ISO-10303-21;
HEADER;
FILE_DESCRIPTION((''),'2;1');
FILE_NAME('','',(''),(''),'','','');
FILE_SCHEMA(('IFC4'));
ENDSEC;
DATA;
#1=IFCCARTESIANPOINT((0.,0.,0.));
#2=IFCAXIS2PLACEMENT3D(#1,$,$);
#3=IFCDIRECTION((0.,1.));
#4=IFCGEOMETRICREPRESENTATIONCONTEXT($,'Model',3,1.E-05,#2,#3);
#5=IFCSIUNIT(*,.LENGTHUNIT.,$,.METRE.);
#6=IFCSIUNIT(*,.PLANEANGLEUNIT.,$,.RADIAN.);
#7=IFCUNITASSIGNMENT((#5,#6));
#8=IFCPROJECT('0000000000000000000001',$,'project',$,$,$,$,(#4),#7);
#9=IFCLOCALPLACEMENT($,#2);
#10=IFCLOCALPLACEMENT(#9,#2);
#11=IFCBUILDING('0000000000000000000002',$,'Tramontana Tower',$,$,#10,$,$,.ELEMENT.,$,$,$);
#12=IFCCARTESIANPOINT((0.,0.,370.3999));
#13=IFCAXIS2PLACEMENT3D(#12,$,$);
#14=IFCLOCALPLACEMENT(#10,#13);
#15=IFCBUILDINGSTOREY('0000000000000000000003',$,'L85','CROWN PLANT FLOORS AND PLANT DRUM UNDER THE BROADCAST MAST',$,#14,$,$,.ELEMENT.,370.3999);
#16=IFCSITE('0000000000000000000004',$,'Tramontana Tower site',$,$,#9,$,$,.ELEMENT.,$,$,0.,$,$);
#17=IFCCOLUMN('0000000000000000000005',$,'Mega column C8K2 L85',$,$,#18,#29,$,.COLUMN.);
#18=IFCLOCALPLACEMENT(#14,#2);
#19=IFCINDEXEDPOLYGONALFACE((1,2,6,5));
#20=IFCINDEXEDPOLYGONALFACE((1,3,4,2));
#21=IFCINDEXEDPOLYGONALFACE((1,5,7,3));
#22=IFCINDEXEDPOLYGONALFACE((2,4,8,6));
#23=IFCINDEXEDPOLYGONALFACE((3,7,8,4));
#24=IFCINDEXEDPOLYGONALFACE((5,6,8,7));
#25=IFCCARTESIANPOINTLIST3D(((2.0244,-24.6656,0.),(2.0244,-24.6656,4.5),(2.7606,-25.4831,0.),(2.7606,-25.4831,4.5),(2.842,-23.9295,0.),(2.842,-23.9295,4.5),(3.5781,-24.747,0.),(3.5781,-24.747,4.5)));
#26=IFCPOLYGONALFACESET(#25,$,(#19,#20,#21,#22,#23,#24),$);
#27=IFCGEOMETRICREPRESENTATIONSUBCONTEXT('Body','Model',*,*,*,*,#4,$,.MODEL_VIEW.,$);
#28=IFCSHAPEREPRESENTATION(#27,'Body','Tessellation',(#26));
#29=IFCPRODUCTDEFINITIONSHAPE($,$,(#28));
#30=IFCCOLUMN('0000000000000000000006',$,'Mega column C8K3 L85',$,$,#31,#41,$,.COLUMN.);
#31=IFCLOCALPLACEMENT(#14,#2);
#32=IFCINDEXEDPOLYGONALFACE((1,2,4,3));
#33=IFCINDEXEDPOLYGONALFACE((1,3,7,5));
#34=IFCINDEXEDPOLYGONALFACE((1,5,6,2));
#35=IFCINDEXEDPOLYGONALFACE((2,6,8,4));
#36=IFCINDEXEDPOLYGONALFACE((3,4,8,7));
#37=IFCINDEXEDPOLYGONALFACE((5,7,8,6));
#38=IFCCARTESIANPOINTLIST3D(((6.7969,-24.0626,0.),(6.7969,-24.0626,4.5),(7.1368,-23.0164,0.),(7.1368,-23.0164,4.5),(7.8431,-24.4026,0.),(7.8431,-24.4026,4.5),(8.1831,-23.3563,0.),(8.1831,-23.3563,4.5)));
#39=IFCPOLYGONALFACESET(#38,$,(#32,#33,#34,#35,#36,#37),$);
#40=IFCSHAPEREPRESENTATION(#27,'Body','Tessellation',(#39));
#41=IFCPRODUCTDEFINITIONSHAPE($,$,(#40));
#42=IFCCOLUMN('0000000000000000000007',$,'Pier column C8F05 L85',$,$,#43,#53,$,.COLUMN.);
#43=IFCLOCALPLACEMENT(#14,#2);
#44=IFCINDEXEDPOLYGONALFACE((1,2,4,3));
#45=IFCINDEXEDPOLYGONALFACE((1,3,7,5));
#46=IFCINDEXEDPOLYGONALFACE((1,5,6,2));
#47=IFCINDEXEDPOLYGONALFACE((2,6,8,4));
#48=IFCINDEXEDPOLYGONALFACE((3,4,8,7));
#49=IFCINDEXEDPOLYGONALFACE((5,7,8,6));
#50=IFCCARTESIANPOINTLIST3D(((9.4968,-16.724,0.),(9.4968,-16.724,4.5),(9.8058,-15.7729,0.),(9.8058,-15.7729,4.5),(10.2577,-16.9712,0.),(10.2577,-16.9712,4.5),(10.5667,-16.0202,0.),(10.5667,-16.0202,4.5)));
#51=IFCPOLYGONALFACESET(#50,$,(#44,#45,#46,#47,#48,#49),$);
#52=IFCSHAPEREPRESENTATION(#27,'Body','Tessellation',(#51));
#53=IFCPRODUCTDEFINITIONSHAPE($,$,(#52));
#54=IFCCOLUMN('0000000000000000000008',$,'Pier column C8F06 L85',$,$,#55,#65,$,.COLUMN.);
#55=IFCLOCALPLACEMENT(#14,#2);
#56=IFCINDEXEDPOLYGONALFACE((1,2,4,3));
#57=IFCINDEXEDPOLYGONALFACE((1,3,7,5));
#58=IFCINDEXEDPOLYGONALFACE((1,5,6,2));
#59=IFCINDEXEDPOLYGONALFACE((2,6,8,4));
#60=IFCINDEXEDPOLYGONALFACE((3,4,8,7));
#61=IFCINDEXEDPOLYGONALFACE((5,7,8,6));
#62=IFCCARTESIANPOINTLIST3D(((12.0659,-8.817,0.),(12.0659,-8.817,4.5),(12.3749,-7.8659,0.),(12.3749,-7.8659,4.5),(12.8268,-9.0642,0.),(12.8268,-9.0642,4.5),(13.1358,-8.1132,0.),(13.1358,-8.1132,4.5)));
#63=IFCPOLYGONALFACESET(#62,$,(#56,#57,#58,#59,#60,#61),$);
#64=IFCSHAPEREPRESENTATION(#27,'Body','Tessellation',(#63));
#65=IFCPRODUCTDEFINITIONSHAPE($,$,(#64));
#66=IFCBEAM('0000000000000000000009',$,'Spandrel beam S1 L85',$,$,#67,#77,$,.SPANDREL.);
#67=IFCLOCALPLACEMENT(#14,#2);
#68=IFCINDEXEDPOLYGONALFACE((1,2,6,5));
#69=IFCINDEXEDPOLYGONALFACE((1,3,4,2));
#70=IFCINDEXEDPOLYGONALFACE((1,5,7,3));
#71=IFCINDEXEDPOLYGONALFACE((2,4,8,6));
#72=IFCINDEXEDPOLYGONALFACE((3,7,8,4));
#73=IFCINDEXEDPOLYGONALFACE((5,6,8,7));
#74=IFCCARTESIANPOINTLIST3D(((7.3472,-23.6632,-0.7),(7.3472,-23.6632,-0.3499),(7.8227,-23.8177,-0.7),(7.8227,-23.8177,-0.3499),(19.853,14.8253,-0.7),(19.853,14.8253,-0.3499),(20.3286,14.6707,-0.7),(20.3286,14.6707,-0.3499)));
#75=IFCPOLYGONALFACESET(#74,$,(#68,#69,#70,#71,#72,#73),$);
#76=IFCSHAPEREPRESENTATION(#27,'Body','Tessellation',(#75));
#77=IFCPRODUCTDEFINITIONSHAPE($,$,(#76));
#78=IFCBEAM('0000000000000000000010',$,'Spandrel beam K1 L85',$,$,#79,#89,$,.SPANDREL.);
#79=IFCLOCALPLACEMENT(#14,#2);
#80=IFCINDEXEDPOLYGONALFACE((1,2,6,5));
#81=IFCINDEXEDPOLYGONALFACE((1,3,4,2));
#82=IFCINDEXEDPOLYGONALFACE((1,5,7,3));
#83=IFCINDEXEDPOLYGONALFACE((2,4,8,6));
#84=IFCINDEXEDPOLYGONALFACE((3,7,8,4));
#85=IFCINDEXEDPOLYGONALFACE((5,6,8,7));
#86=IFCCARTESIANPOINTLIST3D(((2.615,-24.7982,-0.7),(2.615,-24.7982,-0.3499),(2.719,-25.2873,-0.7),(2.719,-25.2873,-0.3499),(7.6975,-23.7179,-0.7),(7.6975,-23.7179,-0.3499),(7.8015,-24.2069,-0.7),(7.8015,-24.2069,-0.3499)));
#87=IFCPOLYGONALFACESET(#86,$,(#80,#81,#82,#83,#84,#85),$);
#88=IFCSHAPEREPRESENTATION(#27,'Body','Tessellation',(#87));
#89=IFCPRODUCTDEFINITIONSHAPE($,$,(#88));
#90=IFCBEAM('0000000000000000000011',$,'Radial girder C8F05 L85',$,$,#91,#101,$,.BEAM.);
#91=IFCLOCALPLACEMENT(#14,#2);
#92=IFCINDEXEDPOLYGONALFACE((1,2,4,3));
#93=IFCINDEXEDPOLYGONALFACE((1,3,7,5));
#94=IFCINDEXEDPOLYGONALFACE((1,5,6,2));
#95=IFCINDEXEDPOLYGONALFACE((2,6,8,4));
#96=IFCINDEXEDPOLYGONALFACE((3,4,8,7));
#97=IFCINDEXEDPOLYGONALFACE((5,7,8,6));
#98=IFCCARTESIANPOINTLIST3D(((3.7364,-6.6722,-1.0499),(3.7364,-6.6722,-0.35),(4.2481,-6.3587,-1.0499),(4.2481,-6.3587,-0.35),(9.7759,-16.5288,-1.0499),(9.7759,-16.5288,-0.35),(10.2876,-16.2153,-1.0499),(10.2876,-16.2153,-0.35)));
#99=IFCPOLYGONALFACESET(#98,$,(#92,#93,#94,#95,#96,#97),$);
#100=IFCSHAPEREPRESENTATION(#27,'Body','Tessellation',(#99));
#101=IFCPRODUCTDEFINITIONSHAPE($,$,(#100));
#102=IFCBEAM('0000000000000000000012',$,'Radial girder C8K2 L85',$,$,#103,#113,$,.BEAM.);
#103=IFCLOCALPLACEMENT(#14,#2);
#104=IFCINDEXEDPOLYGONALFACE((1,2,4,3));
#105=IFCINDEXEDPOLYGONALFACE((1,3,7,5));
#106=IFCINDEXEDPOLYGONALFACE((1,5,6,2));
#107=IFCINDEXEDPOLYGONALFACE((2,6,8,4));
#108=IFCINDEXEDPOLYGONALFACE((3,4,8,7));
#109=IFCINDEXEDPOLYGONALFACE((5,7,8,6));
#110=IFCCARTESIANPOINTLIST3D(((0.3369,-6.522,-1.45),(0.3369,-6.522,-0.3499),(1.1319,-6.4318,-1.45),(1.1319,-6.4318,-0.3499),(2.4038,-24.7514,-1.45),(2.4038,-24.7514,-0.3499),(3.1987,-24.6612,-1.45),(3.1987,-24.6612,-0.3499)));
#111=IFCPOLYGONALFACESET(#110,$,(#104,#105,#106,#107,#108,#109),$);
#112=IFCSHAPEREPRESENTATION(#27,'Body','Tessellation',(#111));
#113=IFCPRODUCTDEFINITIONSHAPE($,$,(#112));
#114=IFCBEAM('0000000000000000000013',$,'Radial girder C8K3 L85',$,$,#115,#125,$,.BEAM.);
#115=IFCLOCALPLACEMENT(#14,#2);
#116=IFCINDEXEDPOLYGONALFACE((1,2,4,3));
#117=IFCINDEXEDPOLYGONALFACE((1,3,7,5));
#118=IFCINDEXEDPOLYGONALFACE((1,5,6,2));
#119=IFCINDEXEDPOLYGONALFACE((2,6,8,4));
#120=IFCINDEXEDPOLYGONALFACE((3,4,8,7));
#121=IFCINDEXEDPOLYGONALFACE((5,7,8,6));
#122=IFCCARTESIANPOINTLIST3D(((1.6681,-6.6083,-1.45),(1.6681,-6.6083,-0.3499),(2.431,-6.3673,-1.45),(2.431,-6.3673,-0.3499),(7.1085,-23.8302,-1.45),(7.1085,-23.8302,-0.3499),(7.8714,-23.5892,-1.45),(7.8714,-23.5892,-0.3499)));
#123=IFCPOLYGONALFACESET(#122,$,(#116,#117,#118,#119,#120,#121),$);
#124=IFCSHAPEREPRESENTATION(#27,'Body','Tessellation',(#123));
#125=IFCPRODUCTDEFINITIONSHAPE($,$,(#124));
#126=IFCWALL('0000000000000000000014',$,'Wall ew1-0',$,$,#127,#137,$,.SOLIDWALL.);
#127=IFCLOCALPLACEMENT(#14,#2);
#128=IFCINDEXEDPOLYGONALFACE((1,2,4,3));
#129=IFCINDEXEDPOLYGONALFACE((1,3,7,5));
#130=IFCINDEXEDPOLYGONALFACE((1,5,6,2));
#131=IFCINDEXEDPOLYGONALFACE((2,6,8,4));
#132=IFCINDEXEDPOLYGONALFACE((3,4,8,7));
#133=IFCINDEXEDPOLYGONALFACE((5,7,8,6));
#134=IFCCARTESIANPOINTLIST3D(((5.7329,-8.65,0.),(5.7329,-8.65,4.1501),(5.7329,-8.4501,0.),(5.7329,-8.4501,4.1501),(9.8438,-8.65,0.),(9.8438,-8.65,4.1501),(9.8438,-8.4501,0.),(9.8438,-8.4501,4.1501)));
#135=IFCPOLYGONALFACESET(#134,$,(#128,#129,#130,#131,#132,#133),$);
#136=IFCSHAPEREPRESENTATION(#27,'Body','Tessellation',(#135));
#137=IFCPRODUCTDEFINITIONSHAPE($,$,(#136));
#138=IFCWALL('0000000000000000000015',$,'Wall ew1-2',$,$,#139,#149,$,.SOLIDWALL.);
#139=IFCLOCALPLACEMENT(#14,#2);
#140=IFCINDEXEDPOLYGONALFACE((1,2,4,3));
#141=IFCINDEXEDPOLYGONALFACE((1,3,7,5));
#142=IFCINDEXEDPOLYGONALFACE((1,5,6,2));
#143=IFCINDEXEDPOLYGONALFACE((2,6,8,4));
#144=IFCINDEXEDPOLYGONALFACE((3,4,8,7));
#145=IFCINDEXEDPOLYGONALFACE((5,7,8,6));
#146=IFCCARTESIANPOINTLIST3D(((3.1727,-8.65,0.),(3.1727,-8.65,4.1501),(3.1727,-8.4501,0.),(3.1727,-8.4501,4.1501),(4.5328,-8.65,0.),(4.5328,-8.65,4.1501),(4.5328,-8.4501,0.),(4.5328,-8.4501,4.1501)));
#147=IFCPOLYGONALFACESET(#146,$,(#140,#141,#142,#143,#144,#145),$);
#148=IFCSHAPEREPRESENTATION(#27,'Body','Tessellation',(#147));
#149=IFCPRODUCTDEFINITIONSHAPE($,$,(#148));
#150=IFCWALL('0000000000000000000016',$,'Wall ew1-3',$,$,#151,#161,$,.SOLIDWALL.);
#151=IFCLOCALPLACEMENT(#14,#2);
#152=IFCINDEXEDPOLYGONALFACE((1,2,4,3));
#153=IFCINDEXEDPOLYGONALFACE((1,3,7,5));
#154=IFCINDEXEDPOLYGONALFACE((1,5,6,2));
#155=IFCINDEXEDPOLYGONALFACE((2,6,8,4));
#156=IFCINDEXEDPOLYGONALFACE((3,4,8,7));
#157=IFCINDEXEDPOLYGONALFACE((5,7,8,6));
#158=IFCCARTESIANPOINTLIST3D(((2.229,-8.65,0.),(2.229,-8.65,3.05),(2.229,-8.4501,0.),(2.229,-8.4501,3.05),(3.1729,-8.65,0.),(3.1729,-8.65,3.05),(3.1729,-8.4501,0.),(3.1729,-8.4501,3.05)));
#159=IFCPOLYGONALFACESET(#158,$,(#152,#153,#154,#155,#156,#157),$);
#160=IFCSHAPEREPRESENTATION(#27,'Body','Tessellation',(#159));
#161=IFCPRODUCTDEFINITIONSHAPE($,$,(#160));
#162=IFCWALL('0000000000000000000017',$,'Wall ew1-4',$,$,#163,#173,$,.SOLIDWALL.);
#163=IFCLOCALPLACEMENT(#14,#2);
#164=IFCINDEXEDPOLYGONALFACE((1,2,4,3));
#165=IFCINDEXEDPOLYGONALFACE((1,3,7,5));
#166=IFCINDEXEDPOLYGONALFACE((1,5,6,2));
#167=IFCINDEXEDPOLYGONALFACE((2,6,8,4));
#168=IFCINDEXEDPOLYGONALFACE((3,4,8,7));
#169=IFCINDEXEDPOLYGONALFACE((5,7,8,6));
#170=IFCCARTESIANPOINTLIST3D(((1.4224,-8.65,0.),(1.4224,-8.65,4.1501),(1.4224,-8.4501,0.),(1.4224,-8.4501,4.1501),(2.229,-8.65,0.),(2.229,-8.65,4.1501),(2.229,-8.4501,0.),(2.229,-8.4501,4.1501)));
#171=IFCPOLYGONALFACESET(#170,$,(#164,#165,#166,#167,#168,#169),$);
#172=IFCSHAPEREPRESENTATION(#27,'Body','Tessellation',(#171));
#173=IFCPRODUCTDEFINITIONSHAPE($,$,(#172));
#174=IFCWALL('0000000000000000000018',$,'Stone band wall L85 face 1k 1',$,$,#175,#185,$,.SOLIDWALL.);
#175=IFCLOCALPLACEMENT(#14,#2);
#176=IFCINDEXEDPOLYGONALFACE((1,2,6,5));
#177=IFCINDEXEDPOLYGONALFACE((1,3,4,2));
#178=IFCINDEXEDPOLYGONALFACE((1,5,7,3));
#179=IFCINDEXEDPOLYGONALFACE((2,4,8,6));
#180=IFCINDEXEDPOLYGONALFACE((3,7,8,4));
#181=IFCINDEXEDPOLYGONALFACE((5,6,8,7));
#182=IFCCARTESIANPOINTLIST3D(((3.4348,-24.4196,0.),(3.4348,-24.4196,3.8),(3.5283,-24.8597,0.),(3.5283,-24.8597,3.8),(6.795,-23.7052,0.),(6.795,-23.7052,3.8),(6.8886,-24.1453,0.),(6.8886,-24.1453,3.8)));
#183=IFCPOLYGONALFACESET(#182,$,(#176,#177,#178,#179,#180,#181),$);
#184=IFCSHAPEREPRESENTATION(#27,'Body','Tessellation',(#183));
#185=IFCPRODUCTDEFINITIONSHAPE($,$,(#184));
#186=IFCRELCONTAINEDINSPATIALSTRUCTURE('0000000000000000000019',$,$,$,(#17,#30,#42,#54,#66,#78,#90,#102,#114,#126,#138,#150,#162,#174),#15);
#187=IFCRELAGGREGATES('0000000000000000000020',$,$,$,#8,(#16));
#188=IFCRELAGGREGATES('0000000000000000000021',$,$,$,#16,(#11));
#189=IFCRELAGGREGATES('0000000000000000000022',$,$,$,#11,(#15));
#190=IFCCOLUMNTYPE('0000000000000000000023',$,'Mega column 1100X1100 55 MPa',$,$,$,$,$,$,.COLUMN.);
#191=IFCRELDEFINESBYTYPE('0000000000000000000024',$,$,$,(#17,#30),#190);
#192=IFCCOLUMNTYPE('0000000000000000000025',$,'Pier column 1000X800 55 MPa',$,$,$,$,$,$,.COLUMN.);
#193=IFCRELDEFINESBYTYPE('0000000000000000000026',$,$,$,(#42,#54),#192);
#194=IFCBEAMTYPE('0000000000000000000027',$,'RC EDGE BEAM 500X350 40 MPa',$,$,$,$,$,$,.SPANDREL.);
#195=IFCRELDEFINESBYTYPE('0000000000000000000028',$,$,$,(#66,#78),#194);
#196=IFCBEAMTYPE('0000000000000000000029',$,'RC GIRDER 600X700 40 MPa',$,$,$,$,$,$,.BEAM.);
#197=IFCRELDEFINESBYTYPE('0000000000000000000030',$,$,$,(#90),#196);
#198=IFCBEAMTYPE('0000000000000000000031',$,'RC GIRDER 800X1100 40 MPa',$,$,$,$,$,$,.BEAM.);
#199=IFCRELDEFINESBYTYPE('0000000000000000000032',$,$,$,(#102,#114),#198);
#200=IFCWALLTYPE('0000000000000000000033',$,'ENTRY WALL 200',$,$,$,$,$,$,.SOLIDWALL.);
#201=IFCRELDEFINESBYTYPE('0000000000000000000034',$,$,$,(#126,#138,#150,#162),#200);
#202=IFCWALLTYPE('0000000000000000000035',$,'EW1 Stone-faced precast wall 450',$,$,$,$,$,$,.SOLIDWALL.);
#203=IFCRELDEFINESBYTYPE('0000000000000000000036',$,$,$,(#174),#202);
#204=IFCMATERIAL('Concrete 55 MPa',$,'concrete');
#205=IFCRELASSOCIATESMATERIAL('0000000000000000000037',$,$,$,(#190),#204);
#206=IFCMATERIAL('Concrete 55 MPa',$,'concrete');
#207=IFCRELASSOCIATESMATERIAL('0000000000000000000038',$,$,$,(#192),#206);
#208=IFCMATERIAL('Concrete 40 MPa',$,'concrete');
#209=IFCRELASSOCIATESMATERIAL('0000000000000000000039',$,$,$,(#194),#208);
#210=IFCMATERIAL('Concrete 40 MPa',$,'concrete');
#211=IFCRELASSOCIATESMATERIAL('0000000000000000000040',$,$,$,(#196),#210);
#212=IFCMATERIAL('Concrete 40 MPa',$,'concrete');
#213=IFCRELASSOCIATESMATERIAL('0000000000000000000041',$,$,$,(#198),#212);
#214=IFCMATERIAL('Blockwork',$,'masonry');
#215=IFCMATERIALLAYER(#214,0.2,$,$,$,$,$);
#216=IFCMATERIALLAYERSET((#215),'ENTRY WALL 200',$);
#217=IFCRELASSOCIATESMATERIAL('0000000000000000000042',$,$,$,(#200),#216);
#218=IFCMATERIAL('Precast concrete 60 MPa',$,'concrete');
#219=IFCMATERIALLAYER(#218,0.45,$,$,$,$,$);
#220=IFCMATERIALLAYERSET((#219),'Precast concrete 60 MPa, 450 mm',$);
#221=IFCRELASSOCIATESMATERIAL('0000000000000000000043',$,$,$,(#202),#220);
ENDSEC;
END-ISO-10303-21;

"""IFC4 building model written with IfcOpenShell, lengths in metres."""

from ifc_helpers import new_model, si_unit, direction, frame, frame_2d, origin, origin_2d, place, context, subcontext, project, spatial, rectangle, extrude, material, layer, layer_set, material_profile, profile_set, type_object, element, save


model = new_model("IFC4")

# Units and contexts
model_context = context("Model", 3, precision=1e-05, world=origin(), true_north=direction((0.0, 1.0)))
body_context = subcontext(model_context, "Body", "Model", "MODEL_VIEW")
ifc_project = project(units=[si_unit("LENGTHUNIT", "METRE"), si_unit("PLANEANGLEUNIT", "RADIAN")], contexts=[model_context])

# Site, building, storey
site_placement = place(None, origin())
site = spatial("IfcSite", under=ifc_project, at=site_placement, Name="Tramontana Tower site", CompositionType="ELEMENT", RefElevation=0.0)
building_placement = place(site_placement, origin())
building = spatial("IfcBuilding", under=site, at=building_placement, Name="Tramontana Tower", CompositionType="ELEMENT")
storey_placement = place(building_placement, frame((0.0, 0.0, 370.3999)))
storey = spatial("IfcBuildingStorey", under=building, at=storey_placement, Name="L85", Description="CROWN PLANT FLOORS AND PLANT DRUM UNDER THE BROADCAST MAST", CompositionType="ELEMENT", Elevation=370.3999)

# Columns
ifc_material_1 = material(Name="Concrete 55 MPa", Category="concrete")
ifc_material_profile_1 = material_profile(ifc_material_1, rectangle(XDim=1.1001, YDim=1.1001, at=origin_2d()), Name="Mega column 1100X1100 55 MPa")
ifc_profile_set_1 = profile_set([ifc_material_profile_1], Name="Concrete 55 MPa")
column_type_1 = type_object("IfcColumnType", Name="Mega column 1100X1100 55 MPa", PredefinedType="COLUMN", material=ifc_profile_set_1)
for number, where, z_axis, x_axis, name in (
    (1, (2.8013, -24.7063, 0.0), (0.0, 0.0, 1.0), (0.669131, -0.743145, 0.0), "Mega column C8K2 L85"),
    (2, (7.49, -23.7095, 0.0), (0.0, 0.0, 1.0), (0.309017, 0.951057, 0.0), "Mega column C8K3 L85"),
):
    element("IfcColumn", number, at=place(storey_placement, frame(where, z_axis=z_axis, x_axis=x_axis)), inside=storey, type_object=column_type_1, Name=name, PredefinedType="COLUMN", context=body_context, shape_type="SweptSolid", body=[
        extrude(rectangle(XDim=1.1001, YDim=1.1001, at=origin_2d()), origin(), (0.0, 0.0, 1.0), 4.5),
    ])
ifc_material_2 = material(Name="Concrete 55 MPa", Category="concrete")
ifc_material_profile_2 = material_profile(ifc_material_2, rectangle(XDim=1.0, YDim=0.8, at=origin_2d()), Name="Pier column 1000X800 55 MPa")
ifc_profile_set_2 = profile_set([ifc_material_profile_2], Name="Concrete 55 MPa")
column_type_2 = type_object("IfcColumnType", Name="Pier column 1000X800 55 MPa", PredefinedType="COLUMN", material=ifc_profile_set_2)
for number, where, z_axis, x_axis, name in (
    (3, (10.0317, -16.3721, 0.0), (0.0, 0.0, 1.0), (0.309017, 0.951057, 0.0), "Pier column C8F05 L85"),
    (4, (12.6008, -8.4651, 0.0), (0.0, 0.0, 1.0), (0.309017, 0.951057, 0.0), "Pier column C8F06 L85"),
):
    element("IfcColumn", number, at=place(storey_placement, frame(where, z_axis=z_axis, x_axis=x_axis)), inside=storey, type_object=column_type_2, Name=name, PredefinedType="COLUMN", context=body_context, shape_type="SweptSolid", body=[
        extrude(rectangle(XDim=1.0, YDim=0.8, at=origin_2d()), origin(), (0.0, 0.0, 1.0), 4.5),
    ])

# Beams
ifc_material_3 = material(Name="Concrete 40 MPa", Category="concrete")
ifc_material_profile_3 = material_profile(ifc_material_3, rectangle(XDim=0.5, YDim=0.3501, at=origin_2d()), Name="RC EDGE BEAM 500X350 40 MPa")
ifc_profile_set_3 = profile_set([ifc_material_profile_3], Name="Concrete 40 MPa")
beam_type_1 = type_object("IfcBeamType", Name="RC EDGE BEAM 500X350 40 MPa", PredefinedType="SPANDREL", material=ifc_profile_set_3)
beam_1_placement = place(storey_placement, frame((7.585, -23.7405, -0.5249), z_axis=(0.309021, 0.951055, 0.0), x_axis=(-0.951055, 0.309021, 0.0)))
element("IfcBeam", 5, at=beam_1_placement, inside=storey, type_object=beam_type_1, Name="Spandrel beam S1 L85", PredefinedType="SPANDREL", context=body_context, shape_type="SweptSolid", body=[
    extrude(rectangle(XDim=0.5, YDim=0.3501, at=origin_2d()), origin(), (0.0, 0.0, 1.0), 40.4692),
])
beam_2_placement = place(storey_placement, frame((2.667, -25.0427, -0.5249), z_axis=(0.978148, 0.207912, 0.0), x_axis=(-0.207912, 0.978148, 0.0)))
element("IfcBeam", 6, at=beam_2_placement, inside=storey, type_object=beam_type_1, Name="Spandrel beam K1 L85", PredefinedType="SPANDREL", context=body_context, shape_type="SweptSolid", body=[
    extrude(rectangle(XDim=0.5, YDim=0.3501, at=origin_2d()), origin(), (0.0, 0.0, 1.0), 5.196),
])
ifc_material_4 = material(Name="Concrete 40 MPa", Category="concrete")
ifc_material_profile_4 = material_profile(ifc_material_4, rectangle(XDim=0.6001, YDim=0.7, at=origin_2d()), Name="RC GIRDER 600X700 40 MPa")
ifc_profile_set_4 = profile_set([ifc_material_profile_4], Name="Concrete 40 MPa")
beam_type_2 = type_object("IfcBeamType", Name="RC GIRDER 600X700 40 MPa", PredefinedType="BEAM", material=ifc_profile_set_4)
beam_3_placement = place(storey_placement, frame((10.0317, -16.3721, -0.7), z_axis=(-0.522459, 0.852665, 0.0), x_axis=(-0.852665, -0.522459, 0.0)))
element("IfcBeam", 7, at=beam_3_placement, inside=storey, type_object=beam_type_2, Name="Radial girder C8F05 L85", PredefinedType="BEAM", context=body_context, shape_type="SweptSolid", body=[
    extrude(rectangle(XDim=0.6001, YDim=0.7, at=origin_2d()), origin(), (0.0, 0.0, 1.0), 11.5598),
])
ifc_material_5 = material(Name="Concrete 40 MPa", Category="concrete")
ifc_material_profile_5 = material_profile(ifc_material_5, rectangle(XDim=0.8, YDim=1.1001, at=origin_2d()), Name="RC GIRDER 800X1100 40 MPa")
ifc_profile_set_5 = profile_set([ifc_material_profile_5], Name="Concrete 40 MPa")
beam_type_3 = type_object("IfcBeamType", Name="RC GIRDER 800X1100 40 MPa", PredefinedType="BEAM", material=ifc_profile_set_5)
beam_4_placement = place(storey_placement, frame((2.8013, -24.7063, -0.8999), z_axis=(-0.11266, 0.993634, 0.0), x_axis=(-0.993634, -0.11266, 0.0)))
element("IfcBeam", 8, at=beam_4_placement, inside=storey, type_object=beam_type_3, Name="Radial girder C8K2 L85", PredefinedType="BEAM", context=body_context, shape_type="SweptSolid", body=[
    extrude(rectangle(XDim=0.8, YDim=1.1001, at=origin_2d()), origin(), (0.0, 0.0, 1.0), 18.3462),
])
beam_5_placement = place(storey_placement, frame((7.49, -23.7097, -0.8999), z_axis=(-0.301228, 0.953552, 0.0), x_axis=(-0.953552, -0.301228, 0.0)))
element("IfcBeam", 9, at=beam_5_placement, inside=storey, type_object=beam_type_3, Name="Radial girder C8K3 L85", PredefinedType="BEAM", context=body_context, shape_type="SweptSolid", body=[
    extrude(rectangle(XDim=0.8, YDim=1.1001, at=origin_2d()), origin(), (0.0, 0.0, 1.0), 18.0608),
])

# Wall
ifc_material_6 = material(Name="Blockwork", Category="masonry")
ifc_layer_1 = layer(ifc_material_6, 0.2)
ifc_layer_set_1 = layer_set([ifc_layer_1], Name="ENTRY WALL 200")
wall_type_1 = type_object("IfcWallType", Name="ENTRY WALL 200", PredefinedType="SOLIDWALL", material=ifc_layer_set_1)
wall_1_placement = place(storey_placement, frame((9.8438, -8.55, 0.0), z_axis=(0.0, 0.0, 1.0), x_axis=(-1.0, 0.0, 0.0)))
element("IfcWall", 10, at=wall_1_placement, inside=storey, type_object=wall_type_1, Name="Wall ew1-0", PredefinedType="SOLIDWALL", context=body_context, shape_type="SweptSolid", body=[
    extrude(rectangle(XDim=4.1108, YDim=0.2, at=frame_2d((2.0554, 0.0))), origin(), (0.0, 0.0, 1.0), 4.1501),
])

# Walls
wall_2_placement = place(storey_placement, frame((4.533, -8.55, 0.0), z_axis=(0.0, 0.0, 1.0), x_axis=(-1.0, 0.0, 0.0)))
element("IfcWall", 11, at=wall_2_placement, inside=storey, type_object=wall_type_1, Name="Wall ew1-2", PredefinedType="SOLIDWALL", context=body_context, shape_type="SweptSolid", body=[
    extrude(rectangle(XDim=1.3601, YDim=0.2, at=frame_2d((0.6802, 0.0))), origin(), (0.0, 0.0, 1.0), 4.1501),
])
wall_3_placement = place(storey_placement, frame((3.1729, -8.55, 0.0), z_axis=(0.0, 0.0, 1.0), x_axis=(-1.0, 0.0, 0.0)))
element("IfcWall", 12, at=wall_3_placement, inside=storey, type_object=wall_type_1, Name="Wall ew1-3", PredefinedType="SOLIDWALL", context=body_context, shape_type="SweptSolid", body=[
    extrude(rectangle(XDim=0.9438, YDim=0.2, at=frame_2d((0.4719, 0.0))), origin(), (0.0, 0.0, 1.0), 3.05),
])
wall_4_placement = place(storey_placement, frame((2.229, -8.55, 0.0), z_axis=(0.0, 0.0, 1.0), x_axis=(-1.0, 0.0, 0.0)))
element("IfcWall", 13, at=wall_4_placement, inside=storey, type_object=wall_type_1, Name="Wall ew1-4", PredefinedType="SOLIDWALL", context=body_context, shape_type="SweptSolid", body=[
    extrude(rectangle(XDim=0.8066, YDim=0.2, at=frame_2d((0.4033, 0.0))), origin(), (0.0, 0.0, 1.0), 4.1501),
])

# Wall
ifc_material_7 = material(Name="Precast concrete 60 MPa", Category="concrete")
ifc_layer_2 = layer(ifc_material_7, 0.45)
ifc_layer_set_2 = layer_set([ifc_layer_2], Name="Precast concrete 60 MPa, 450 mm")
wall_type_2 = type_object("IfcWallType", Name="EW1 Stone-faced precast wall 450", PredefinedType="SOLIDWALL", material=ifc_layer_set_2)
wall_5_placement = place(storey_placement, frame((3.4814, -24.6396, 0.0), z_axis=(0.0, 0.0, 1.0), x_axis=(0.978139, 0.207951, 0.0)))
element("IfcWall", 14, at=wall_5_placement, inside=storey, type_object=wall_type_2, Name="Stone band wall L85 face 1k 1", PredefinedType="SOLIDWALL", context=body_context, shape_type="SweptSolid", body=[
    extrude(rectangle(XDim=3.4353, YDim=0.45, at=frame_2d((1.7178, 0.0))), origin(), (0.0, 0.0, 1.0), 3.8),
])

save(model, "model.ifc")
